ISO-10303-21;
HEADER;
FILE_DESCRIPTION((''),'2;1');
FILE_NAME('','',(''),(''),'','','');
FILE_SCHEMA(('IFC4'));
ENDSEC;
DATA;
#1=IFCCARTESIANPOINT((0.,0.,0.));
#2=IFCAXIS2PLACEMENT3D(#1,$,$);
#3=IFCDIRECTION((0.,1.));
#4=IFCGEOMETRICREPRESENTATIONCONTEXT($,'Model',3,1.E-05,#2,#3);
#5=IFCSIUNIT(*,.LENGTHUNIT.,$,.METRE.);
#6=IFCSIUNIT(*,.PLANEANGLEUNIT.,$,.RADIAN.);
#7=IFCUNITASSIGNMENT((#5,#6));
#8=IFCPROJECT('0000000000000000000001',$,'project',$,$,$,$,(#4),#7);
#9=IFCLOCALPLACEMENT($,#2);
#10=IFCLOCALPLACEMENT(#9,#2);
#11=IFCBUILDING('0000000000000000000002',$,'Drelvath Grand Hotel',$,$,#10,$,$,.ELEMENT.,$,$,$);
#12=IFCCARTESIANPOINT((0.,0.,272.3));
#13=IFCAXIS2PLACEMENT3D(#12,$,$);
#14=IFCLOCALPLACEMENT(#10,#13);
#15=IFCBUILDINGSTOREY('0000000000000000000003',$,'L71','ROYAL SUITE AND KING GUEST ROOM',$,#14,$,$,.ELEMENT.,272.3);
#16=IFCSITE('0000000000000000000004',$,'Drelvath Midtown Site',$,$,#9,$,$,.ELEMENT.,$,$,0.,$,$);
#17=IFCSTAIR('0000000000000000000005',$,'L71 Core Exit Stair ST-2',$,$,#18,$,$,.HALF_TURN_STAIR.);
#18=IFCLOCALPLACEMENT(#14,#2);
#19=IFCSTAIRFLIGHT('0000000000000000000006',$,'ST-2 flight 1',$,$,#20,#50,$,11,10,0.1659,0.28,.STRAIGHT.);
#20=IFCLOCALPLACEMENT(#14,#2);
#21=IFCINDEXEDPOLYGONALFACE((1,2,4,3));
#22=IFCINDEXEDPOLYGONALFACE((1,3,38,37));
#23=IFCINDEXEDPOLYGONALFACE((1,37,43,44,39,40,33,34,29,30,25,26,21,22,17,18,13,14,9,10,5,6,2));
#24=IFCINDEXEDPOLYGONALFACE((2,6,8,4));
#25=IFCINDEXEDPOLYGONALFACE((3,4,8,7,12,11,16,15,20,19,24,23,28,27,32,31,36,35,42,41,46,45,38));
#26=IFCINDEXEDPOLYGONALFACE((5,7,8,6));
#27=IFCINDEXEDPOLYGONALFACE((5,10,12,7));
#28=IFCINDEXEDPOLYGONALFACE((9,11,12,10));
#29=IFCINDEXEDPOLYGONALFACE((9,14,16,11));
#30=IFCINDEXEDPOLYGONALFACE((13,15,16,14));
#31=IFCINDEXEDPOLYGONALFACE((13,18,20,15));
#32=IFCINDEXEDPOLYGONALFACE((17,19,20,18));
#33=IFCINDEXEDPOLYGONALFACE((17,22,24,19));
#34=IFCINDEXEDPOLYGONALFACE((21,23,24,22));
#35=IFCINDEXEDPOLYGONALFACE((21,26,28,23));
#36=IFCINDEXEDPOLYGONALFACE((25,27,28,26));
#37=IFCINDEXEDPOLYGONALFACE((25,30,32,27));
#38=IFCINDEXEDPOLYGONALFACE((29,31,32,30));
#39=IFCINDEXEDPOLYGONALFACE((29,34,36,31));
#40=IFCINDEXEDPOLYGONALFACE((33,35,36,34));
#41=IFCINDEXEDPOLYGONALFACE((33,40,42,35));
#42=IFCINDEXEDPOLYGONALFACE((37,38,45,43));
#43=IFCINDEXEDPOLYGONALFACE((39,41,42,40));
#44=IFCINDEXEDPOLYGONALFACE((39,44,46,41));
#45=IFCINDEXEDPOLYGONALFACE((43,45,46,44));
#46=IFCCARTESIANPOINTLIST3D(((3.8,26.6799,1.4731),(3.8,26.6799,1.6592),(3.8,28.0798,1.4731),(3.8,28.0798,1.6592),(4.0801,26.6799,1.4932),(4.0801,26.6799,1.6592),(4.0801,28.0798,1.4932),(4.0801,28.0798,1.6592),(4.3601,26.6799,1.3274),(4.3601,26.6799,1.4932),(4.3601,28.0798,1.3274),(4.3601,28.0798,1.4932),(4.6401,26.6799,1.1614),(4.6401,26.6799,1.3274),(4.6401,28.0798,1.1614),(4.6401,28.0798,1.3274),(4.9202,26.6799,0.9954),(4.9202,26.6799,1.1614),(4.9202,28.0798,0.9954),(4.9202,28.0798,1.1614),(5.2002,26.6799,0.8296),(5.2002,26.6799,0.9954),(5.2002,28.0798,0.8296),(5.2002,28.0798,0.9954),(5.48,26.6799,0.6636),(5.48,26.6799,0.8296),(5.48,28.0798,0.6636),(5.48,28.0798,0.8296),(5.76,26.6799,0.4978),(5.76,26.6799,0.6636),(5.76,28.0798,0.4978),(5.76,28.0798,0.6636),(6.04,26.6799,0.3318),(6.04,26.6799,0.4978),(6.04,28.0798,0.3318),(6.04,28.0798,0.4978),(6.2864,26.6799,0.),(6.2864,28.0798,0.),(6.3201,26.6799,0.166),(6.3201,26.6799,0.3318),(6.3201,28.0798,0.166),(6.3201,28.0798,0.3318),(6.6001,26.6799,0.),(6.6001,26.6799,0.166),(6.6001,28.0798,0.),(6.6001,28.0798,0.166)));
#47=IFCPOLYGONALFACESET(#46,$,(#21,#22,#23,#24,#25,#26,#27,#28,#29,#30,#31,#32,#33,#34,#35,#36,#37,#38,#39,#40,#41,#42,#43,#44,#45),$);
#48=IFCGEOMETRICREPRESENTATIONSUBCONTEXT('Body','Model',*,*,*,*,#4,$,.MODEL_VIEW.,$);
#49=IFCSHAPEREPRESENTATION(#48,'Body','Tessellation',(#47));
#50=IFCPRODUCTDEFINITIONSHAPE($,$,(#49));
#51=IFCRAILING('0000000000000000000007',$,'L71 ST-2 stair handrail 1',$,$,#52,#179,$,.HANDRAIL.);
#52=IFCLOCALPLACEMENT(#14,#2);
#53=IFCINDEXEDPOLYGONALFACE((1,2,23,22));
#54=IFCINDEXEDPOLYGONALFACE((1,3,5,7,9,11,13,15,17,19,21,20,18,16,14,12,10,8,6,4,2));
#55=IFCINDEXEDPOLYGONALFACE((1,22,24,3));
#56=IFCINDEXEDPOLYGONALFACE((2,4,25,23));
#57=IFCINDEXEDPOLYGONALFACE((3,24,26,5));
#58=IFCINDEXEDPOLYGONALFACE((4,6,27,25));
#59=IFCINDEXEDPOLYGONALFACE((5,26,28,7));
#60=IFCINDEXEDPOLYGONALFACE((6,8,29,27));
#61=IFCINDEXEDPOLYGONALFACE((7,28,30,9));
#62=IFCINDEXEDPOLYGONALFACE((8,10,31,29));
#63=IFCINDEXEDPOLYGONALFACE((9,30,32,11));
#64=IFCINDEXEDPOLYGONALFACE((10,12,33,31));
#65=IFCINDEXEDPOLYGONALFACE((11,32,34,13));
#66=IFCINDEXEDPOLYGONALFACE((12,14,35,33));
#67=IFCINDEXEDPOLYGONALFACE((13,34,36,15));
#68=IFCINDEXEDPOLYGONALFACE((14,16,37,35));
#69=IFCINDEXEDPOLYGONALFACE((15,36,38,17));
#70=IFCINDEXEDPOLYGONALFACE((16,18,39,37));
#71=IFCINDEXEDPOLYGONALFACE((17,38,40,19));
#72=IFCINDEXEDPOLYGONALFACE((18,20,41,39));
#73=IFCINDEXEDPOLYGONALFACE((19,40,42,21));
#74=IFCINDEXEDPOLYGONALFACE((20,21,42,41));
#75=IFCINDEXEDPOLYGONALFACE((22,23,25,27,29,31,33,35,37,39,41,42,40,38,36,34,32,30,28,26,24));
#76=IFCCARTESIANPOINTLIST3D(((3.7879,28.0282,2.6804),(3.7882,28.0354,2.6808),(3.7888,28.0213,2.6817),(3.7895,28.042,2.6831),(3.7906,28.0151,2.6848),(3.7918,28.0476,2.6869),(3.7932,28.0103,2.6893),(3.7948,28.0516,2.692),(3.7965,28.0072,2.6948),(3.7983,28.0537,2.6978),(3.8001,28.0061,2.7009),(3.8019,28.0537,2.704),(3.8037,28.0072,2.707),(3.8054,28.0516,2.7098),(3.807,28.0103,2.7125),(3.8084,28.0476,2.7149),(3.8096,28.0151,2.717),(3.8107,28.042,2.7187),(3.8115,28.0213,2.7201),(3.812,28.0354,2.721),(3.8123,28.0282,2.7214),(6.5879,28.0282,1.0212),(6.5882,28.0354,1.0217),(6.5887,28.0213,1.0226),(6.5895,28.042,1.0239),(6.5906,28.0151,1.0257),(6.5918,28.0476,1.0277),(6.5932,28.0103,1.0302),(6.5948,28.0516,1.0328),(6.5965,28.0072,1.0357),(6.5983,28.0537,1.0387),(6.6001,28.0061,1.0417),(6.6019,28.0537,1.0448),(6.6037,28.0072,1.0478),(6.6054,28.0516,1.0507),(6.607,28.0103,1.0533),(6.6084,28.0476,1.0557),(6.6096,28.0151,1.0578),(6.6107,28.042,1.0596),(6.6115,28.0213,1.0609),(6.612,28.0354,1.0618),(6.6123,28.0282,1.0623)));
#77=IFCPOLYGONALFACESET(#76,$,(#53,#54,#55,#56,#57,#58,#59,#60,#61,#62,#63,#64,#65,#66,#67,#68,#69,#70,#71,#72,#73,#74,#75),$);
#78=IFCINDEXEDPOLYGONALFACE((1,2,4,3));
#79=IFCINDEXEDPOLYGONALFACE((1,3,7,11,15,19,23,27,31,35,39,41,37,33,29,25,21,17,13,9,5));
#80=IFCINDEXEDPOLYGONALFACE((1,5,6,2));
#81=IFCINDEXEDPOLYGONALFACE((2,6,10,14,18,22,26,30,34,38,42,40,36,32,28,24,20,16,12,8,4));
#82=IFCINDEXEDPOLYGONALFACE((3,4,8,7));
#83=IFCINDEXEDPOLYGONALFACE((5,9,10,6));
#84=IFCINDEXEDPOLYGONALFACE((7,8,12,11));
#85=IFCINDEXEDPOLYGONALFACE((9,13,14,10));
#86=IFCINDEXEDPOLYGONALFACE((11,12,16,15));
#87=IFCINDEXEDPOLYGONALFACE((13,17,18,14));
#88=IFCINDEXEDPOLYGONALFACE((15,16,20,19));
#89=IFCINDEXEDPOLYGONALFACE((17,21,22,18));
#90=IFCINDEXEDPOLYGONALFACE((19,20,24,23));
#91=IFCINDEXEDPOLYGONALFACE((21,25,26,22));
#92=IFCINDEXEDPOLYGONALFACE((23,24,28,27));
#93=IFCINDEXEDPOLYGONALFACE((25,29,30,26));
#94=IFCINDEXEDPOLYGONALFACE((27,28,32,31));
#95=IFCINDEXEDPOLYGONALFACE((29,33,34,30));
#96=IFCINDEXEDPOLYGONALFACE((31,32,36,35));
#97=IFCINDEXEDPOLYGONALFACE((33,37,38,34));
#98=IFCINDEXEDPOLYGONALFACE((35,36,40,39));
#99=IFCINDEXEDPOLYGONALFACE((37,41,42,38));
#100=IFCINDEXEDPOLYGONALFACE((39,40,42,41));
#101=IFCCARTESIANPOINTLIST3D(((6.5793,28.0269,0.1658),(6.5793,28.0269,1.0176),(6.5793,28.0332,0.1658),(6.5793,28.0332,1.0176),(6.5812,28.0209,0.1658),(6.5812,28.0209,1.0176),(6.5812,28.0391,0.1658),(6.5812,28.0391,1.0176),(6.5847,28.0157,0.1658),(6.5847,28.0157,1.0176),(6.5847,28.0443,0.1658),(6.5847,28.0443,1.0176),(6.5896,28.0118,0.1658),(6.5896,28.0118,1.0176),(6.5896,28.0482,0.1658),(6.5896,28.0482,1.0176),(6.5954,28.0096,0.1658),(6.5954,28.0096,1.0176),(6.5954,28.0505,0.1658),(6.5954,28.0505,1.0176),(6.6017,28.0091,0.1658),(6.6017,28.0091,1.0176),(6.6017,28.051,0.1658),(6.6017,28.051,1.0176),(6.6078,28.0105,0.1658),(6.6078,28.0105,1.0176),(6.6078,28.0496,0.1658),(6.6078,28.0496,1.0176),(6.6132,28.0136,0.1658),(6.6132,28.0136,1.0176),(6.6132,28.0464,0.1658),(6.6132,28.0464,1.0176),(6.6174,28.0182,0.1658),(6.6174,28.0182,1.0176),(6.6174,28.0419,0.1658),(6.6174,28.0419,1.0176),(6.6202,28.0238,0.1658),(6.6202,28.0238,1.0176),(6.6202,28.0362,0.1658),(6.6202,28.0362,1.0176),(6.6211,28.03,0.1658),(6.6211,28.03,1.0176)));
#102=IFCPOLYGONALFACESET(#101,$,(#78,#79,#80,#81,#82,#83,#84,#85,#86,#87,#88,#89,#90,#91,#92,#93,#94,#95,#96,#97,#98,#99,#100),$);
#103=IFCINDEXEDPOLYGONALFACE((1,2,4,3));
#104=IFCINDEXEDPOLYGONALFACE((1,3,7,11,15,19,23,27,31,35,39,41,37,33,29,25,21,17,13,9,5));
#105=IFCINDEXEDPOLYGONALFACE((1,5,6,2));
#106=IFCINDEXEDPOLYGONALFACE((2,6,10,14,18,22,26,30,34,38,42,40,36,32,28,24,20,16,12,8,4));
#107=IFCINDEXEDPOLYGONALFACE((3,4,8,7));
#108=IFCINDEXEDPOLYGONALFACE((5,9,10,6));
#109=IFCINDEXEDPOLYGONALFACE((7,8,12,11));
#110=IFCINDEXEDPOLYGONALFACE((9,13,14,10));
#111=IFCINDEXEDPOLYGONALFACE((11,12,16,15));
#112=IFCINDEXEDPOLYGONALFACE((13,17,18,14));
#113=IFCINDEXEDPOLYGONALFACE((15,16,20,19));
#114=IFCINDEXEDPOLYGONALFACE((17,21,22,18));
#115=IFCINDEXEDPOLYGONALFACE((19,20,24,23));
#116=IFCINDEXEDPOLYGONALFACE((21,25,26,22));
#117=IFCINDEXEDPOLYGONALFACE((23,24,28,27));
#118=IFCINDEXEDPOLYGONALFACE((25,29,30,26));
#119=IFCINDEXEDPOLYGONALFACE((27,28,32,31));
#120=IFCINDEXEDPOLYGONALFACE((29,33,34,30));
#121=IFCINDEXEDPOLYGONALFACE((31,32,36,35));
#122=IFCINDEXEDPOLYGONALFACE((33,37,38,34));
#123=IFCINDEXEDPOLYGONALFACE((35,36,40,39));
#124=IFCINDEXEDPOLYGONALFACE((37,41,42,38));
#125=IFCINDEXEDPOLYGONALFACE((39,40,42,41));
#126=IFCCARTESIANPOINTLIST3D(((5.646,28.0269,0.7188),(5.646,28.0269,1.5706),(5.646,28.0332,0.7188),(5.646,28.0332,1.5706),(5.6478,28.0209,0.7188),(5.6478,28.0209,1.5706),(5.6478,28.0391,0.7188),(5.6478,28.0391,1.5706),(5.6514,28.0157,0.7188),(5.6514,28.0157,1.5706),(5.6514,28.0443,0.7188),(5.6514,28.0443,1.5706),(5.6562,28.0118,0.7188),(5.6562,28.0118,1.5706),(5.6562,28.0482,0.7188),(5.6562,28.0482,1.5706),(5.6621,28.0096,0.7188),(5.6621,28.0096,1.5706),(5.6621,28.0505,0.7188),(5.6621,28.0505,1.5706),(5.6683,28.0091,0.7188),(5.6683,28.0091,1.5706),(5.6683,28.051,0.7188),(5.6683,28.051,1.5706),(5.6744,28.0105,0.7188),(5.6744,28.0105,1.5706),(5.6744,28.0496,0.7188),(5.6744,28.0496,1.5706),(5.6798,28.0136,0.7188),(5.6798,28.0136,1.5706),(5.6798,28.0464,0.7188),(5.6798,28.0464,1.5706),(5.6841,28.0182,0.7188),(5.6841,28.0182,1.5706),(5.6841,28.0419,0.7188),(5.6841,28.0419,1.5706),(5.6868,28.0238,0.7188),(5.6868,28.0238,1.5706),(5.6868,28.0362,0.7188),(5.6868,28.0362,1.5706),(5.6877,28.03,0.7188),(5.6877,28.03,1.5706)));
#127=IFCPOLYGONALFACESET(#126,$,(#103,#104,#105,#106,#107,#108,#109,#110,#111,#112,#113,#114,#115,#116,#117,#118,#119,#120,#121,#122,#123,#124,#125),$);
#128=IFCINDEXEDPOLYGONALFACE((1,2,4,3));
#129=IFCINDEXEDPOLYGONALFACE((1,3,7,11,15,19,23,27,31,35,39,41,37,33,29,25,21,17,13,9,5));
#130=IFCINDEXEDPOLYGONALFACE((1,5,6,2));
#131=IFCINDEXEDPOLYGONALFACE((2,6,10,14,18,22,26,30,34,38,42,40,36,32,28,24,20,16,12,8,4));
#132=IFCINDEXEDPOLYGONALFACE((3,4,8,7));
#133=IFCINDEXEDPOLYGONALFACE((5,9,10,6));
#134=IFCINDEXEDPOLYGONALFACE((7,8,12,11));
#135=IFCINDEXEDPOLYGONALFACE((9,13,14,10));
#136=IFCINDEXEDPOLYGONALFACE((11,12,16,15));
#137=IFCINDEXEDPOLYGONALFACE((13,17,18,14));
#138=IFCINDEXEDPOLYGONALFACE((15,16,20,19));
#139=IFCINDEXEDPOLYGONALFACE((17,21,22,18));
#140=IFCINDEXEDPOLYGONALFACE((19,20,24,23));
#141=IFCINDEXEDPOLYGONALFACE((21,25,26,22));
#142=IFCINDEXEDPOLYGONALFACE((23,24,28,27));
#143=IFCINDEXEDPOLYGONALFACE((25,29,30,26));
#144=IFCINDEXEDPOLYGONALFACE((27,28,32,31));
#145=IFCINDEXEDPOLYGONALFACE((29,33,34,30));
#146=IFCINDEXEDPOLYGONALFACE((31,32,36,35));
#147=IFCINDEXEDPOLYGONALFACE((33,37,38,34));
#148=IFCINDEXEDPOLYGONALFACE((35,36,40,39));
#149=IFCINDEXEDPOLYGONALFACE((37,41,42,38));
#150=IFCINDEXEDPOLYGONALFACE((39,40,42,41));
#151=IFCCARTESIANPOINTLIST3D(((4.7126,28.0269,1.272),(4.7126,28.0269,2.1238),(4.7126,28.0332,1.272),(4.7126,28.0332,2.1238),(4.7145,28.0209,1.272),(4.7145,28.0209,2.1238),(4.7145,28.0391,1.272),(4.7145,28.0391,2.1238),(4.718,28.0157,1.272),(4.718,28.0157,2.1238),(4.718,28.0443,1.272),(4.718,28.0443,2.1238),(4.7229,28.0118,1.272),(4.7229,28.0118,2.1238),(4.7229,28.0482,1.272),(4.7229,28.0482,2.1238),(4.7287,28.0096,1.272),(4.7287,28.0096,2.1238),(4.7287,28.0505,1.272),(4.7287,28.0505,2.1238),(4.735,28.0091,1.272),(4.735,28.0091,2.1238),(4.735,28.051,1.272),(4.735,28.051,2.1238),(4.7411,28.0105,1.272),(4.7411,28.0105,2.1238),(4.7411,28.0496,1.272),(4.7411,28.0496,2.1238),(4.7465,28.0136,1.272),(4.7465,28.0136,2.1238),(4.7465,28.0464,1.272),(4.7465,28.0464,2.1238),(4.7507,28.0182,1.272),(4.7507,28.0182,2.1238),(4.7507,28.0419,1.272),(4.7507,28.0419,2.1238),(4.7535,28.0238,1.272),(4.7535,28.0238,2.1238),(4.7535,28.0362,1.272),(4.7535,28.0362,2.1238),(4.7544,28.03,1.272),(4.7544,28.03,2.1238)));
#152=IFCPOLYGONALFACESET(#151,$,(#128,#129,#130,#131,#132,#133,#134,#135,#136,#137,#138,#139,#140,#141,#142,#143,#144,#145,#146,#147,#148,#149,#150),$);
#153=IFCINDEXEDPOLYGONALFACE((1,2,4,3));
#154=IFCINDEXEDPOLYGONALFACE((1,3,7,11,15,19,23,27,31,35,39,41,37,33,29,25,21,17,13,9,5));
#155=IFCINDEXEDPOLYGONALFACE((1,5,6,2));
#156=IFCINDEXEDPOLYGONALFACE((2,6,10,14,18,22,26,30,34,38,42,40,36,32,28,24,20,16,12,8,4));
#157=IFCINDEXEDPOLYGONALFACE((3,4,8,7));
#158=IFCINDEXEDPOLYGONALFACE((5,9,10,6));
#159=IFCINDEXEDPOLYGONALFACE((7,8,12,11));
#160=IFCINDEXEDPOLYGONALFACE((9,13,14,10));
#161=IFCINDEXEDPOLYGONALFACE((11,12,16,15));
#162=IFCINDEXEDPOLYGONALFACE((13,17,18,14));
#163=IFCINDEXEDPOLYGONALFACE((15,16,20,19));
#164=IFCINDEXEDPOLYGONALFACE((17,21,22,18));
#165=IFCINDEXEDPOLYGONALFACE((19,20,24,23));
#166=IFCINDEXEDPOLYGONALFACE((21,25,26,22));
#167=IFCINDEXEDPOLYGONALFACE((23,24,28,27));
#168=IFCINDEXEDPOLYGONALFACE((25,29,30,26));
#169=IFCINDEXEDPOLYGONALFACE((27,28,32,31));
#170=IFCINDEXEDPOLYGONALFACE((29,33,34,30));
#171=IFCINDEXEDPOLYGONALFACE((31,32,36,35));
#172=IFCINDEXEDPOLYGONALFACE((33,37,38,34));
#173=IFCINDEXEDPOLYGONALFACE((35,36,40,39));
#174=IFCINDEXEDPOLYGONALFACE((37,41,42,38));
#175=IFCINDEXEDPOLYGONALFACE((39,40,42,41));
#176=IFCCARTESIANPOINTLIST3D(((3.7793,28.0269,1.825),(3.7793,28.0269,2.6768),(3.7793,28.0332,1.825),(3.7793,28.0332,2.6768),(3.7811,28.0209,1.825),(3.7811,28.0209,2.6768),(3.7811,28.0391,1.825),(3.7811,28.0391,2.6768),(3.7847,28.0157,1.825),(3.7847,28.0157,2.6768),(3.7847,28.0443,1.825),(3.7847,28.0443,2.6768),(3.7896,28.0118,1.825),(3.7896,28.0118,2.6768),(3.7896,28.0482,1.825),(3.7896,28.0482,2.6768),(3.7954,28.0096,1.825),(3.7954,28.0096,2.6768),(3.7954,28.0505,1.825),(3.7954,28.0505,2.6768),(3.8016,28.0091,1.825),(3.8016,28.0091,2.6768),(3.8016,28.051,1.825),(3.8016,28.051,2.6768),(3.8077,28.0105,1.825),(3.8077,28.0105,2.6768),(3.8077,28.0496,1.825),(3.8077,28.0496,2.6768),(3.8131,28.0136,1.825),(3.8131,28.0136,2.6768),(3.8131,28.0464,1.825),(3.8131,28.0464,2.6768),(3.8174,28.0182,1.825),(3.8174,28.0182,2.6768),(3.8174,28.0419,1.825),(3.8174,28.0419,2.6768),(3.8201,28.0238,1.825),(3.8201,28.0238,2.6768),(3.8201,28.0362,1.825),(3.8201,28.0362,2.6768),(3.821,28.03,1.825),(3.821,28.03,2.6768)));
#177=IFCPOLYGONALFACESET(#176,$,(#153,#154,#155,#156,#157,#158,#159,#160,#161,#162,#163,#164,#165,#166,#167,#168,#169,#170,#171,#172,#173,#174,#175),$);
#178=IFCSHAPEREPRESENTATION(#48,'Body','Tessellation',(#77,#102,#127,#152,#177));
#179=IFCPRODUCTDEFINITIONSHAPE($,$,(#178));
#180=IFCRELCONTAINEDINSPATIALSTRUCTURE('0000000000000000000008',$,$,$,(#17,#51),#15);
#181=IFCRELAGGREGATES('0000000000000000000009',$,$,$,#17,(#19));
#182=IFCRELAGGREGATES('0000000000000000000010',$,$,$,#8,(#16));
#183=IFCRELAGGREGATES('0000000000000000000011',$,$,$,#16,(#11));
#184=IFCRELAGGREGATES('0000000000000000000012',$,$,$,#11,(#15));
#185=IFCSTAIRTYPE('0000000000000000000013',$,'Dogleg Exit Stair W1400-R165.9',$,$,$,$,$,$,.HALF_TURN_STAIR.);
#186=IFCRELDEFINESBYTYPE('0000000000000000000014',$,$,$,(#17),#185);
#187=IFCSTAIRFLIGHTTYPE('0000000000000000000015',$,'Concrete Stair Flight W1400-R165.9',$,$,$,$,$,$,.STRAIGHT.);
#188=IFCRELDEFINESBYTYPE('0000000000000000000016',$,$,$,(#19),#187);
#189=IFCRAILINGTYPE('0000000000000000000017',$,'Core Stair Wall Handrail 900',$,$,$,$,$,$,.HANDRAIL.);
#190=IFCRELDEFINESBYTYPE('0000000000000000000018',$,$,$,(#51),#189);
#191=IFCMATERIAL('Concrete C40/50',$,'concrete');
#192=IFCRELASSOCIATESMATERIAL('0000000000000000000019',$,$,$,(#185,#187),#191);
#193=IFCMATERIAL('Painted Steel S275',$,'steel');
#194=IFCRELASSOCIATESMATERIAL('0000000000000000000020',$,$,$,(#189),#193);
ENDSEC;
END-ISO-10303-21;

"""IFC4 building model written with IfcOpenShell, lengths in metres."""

from ifc_helpers import new_model, si_unit, direction, frame, origin, origin_2d, place, context, subcontext, project, spatial, polyline, circle, outline, extrude, material, type_object, element, aggregate, save


model = new_model("IFC4")

# Units and contexts
model_context = context("Model", 3, precision=1e-05, world=origin(), true_north=direction((0.0, 1.0)))
body_context = subcontext(model_context, "Body", "Model", "MODEL_VIEW")
ifc_project = project(units=[si_unit("LENGTHUNIT", "METRE"), si_unit("PLANEANGLEUNIT", "RADIAN")], contexts=[model_context])

# Site, building, storey
site_placement = place(None, origin())
site = spatial("IfcSite", under=ifc_project, at=site_placement, Name="Drelvath Midtown Site", CompositionType="ELEMENT", RefElevation=0.0)
building_placement = place(site_placement, origin())
building = spatial("IfcBuilding", under=site, at=building_placement, Name="Drelvath Grand Hotel", CompositionType="ELEMENT")
storey_placement = place(building_placement, frame((0.0, 0.0, 272.3)))
storey = spatial("IfcBuildingStorey", under=building, at=storey_placement, Name="L71", Description="ROYAL SUITE AND KING GUEST ROOM", CompositionType="ELEMENT", Elevation=272.3)

# Shared definitions
ifc_material_1 = material(Name="Concrete C40/50", Category="concrete")

# Shared definitions
ifc_material_2 = material(Name="Painted Steel S275", Category="steel")

# Stair, stair flight
stair_type = type_object("IfcStairType", Name="Dogleg Exit Stair W1400-R165.9", PredefinedType="HALF_TURN_STAIR", material=ifc_material_1)
stair_placement = place(storey_placement, origin())
stair = element("IfcStair", 1, at=stair_placement, inside=storey, type_object=stair_type, Name="L71 Core Exit Stair ST-2", PredefinedType="HALF_TURN_STAIR")
stair_flight_type = type_object("IfcStairFlightType", Name="Concrete Stair Flight W1400-R165.9", PredefinedType="STRAIGHT", material=ifc_material_1)
stair_flight_placement = place(storey_placement, frame((6.6001, 27.3799, 0.0), z_axis=(0.0, 0.0, 1.0), x_axis=(-1.0, 0.0, 0.0)))
stair_flight = element("IfcStairFlight", 2, at=stair_flight_placement, type_object=stair_flight_type, Name="ST-2 flight 1", NumberOfRisers=11, NumberOfTreads=10, PredefinedType="STRAIGHT", RiserHeight=0.1659, TreadLength=0.28, context=body_context, shape_type="SweptSolid", body=[
    extrude(outline(polyline([(0.0, 0.0), (0.0, 0.166), (0.28, 0.166), (0.28, 0.3318), (0.5601, 0.3318), (0.5601, 0.4978), (0.8401, 0.4978), (0.8401, 0.6636), (1.1201, 0.6636), (1.1201, 0.8296), (1.3999, 0.8296), (1.3999, 0.9954), (1.6799, 0.9954), (1.6799, 1.1614), (1.96, 1.1614), (1.96, 1.3274), (2.24, 1.3274), (2.24, 1.4932), (2.52, 1.4932), (2.52, 1.6592), (2.8, 1.6592), (2.8, 1.825), (2.8, 1.4731), (0.3137, 0.0), (0.0, 0.0)])), frame((0.0, 0.7, 0.0), z_axis=(0.0, -1.0, 0.0), x_axis=(1.0, 0.0, 0.0)), (0.0, 0.0, 1.0), 1.3999),
])
aggregate(stair, [stair_flight])

# Railing
railing_type = type_object("IfcRailingType", Name="Core Stair Wall Handrail 900", PredefinedType="HANDRAIL", material=ifc_material_2)
railing_placement = place(storey_placement, frame((6.6001, 28.03, 0.1658)))
element("IfcRailing", 3, at=railing_placement, inside=storey, type_object=railing_type, Name="L71 ST-2 stair handrail 1", PredefinedType="HANDRAIL", context=body_context, shape_type="SweptSolid", body=[
    extrude(circle(Radius=0.0239, at=origin_2d()), frame((0.0, 0.0, 0.876), z_axis=(-0.860306, 0.0, 0.509778), x_axis=(0.0, -1.0, 0.0)), (0.0, 0.0, 1.0), 3.2546),
    extrude(circle(Radius=0.021, at=origin_2d()), origin(), (0.0, 0.0, 1.0), 0.8518),
    extrude(circle(Radius=0.021, at=origin_2d()), frame((-0.9333, 0.0, 0.553)), (0.0, 0.0, 1.0), 0.8518),
    extrude(circle(Radius=0.021, at=origin_2d()), frame((-1.8667, 0.0, 1.1062)), (0.0, 0.0, 1.0), 0.8518),
    extrude(circle(Radius=0.021, at=origin_2d()), frame((-2.8, 0.0, 1.6592)), (0.0, 0.0, 1.0), 0.8518),
])

save(model, "model.ifc")
